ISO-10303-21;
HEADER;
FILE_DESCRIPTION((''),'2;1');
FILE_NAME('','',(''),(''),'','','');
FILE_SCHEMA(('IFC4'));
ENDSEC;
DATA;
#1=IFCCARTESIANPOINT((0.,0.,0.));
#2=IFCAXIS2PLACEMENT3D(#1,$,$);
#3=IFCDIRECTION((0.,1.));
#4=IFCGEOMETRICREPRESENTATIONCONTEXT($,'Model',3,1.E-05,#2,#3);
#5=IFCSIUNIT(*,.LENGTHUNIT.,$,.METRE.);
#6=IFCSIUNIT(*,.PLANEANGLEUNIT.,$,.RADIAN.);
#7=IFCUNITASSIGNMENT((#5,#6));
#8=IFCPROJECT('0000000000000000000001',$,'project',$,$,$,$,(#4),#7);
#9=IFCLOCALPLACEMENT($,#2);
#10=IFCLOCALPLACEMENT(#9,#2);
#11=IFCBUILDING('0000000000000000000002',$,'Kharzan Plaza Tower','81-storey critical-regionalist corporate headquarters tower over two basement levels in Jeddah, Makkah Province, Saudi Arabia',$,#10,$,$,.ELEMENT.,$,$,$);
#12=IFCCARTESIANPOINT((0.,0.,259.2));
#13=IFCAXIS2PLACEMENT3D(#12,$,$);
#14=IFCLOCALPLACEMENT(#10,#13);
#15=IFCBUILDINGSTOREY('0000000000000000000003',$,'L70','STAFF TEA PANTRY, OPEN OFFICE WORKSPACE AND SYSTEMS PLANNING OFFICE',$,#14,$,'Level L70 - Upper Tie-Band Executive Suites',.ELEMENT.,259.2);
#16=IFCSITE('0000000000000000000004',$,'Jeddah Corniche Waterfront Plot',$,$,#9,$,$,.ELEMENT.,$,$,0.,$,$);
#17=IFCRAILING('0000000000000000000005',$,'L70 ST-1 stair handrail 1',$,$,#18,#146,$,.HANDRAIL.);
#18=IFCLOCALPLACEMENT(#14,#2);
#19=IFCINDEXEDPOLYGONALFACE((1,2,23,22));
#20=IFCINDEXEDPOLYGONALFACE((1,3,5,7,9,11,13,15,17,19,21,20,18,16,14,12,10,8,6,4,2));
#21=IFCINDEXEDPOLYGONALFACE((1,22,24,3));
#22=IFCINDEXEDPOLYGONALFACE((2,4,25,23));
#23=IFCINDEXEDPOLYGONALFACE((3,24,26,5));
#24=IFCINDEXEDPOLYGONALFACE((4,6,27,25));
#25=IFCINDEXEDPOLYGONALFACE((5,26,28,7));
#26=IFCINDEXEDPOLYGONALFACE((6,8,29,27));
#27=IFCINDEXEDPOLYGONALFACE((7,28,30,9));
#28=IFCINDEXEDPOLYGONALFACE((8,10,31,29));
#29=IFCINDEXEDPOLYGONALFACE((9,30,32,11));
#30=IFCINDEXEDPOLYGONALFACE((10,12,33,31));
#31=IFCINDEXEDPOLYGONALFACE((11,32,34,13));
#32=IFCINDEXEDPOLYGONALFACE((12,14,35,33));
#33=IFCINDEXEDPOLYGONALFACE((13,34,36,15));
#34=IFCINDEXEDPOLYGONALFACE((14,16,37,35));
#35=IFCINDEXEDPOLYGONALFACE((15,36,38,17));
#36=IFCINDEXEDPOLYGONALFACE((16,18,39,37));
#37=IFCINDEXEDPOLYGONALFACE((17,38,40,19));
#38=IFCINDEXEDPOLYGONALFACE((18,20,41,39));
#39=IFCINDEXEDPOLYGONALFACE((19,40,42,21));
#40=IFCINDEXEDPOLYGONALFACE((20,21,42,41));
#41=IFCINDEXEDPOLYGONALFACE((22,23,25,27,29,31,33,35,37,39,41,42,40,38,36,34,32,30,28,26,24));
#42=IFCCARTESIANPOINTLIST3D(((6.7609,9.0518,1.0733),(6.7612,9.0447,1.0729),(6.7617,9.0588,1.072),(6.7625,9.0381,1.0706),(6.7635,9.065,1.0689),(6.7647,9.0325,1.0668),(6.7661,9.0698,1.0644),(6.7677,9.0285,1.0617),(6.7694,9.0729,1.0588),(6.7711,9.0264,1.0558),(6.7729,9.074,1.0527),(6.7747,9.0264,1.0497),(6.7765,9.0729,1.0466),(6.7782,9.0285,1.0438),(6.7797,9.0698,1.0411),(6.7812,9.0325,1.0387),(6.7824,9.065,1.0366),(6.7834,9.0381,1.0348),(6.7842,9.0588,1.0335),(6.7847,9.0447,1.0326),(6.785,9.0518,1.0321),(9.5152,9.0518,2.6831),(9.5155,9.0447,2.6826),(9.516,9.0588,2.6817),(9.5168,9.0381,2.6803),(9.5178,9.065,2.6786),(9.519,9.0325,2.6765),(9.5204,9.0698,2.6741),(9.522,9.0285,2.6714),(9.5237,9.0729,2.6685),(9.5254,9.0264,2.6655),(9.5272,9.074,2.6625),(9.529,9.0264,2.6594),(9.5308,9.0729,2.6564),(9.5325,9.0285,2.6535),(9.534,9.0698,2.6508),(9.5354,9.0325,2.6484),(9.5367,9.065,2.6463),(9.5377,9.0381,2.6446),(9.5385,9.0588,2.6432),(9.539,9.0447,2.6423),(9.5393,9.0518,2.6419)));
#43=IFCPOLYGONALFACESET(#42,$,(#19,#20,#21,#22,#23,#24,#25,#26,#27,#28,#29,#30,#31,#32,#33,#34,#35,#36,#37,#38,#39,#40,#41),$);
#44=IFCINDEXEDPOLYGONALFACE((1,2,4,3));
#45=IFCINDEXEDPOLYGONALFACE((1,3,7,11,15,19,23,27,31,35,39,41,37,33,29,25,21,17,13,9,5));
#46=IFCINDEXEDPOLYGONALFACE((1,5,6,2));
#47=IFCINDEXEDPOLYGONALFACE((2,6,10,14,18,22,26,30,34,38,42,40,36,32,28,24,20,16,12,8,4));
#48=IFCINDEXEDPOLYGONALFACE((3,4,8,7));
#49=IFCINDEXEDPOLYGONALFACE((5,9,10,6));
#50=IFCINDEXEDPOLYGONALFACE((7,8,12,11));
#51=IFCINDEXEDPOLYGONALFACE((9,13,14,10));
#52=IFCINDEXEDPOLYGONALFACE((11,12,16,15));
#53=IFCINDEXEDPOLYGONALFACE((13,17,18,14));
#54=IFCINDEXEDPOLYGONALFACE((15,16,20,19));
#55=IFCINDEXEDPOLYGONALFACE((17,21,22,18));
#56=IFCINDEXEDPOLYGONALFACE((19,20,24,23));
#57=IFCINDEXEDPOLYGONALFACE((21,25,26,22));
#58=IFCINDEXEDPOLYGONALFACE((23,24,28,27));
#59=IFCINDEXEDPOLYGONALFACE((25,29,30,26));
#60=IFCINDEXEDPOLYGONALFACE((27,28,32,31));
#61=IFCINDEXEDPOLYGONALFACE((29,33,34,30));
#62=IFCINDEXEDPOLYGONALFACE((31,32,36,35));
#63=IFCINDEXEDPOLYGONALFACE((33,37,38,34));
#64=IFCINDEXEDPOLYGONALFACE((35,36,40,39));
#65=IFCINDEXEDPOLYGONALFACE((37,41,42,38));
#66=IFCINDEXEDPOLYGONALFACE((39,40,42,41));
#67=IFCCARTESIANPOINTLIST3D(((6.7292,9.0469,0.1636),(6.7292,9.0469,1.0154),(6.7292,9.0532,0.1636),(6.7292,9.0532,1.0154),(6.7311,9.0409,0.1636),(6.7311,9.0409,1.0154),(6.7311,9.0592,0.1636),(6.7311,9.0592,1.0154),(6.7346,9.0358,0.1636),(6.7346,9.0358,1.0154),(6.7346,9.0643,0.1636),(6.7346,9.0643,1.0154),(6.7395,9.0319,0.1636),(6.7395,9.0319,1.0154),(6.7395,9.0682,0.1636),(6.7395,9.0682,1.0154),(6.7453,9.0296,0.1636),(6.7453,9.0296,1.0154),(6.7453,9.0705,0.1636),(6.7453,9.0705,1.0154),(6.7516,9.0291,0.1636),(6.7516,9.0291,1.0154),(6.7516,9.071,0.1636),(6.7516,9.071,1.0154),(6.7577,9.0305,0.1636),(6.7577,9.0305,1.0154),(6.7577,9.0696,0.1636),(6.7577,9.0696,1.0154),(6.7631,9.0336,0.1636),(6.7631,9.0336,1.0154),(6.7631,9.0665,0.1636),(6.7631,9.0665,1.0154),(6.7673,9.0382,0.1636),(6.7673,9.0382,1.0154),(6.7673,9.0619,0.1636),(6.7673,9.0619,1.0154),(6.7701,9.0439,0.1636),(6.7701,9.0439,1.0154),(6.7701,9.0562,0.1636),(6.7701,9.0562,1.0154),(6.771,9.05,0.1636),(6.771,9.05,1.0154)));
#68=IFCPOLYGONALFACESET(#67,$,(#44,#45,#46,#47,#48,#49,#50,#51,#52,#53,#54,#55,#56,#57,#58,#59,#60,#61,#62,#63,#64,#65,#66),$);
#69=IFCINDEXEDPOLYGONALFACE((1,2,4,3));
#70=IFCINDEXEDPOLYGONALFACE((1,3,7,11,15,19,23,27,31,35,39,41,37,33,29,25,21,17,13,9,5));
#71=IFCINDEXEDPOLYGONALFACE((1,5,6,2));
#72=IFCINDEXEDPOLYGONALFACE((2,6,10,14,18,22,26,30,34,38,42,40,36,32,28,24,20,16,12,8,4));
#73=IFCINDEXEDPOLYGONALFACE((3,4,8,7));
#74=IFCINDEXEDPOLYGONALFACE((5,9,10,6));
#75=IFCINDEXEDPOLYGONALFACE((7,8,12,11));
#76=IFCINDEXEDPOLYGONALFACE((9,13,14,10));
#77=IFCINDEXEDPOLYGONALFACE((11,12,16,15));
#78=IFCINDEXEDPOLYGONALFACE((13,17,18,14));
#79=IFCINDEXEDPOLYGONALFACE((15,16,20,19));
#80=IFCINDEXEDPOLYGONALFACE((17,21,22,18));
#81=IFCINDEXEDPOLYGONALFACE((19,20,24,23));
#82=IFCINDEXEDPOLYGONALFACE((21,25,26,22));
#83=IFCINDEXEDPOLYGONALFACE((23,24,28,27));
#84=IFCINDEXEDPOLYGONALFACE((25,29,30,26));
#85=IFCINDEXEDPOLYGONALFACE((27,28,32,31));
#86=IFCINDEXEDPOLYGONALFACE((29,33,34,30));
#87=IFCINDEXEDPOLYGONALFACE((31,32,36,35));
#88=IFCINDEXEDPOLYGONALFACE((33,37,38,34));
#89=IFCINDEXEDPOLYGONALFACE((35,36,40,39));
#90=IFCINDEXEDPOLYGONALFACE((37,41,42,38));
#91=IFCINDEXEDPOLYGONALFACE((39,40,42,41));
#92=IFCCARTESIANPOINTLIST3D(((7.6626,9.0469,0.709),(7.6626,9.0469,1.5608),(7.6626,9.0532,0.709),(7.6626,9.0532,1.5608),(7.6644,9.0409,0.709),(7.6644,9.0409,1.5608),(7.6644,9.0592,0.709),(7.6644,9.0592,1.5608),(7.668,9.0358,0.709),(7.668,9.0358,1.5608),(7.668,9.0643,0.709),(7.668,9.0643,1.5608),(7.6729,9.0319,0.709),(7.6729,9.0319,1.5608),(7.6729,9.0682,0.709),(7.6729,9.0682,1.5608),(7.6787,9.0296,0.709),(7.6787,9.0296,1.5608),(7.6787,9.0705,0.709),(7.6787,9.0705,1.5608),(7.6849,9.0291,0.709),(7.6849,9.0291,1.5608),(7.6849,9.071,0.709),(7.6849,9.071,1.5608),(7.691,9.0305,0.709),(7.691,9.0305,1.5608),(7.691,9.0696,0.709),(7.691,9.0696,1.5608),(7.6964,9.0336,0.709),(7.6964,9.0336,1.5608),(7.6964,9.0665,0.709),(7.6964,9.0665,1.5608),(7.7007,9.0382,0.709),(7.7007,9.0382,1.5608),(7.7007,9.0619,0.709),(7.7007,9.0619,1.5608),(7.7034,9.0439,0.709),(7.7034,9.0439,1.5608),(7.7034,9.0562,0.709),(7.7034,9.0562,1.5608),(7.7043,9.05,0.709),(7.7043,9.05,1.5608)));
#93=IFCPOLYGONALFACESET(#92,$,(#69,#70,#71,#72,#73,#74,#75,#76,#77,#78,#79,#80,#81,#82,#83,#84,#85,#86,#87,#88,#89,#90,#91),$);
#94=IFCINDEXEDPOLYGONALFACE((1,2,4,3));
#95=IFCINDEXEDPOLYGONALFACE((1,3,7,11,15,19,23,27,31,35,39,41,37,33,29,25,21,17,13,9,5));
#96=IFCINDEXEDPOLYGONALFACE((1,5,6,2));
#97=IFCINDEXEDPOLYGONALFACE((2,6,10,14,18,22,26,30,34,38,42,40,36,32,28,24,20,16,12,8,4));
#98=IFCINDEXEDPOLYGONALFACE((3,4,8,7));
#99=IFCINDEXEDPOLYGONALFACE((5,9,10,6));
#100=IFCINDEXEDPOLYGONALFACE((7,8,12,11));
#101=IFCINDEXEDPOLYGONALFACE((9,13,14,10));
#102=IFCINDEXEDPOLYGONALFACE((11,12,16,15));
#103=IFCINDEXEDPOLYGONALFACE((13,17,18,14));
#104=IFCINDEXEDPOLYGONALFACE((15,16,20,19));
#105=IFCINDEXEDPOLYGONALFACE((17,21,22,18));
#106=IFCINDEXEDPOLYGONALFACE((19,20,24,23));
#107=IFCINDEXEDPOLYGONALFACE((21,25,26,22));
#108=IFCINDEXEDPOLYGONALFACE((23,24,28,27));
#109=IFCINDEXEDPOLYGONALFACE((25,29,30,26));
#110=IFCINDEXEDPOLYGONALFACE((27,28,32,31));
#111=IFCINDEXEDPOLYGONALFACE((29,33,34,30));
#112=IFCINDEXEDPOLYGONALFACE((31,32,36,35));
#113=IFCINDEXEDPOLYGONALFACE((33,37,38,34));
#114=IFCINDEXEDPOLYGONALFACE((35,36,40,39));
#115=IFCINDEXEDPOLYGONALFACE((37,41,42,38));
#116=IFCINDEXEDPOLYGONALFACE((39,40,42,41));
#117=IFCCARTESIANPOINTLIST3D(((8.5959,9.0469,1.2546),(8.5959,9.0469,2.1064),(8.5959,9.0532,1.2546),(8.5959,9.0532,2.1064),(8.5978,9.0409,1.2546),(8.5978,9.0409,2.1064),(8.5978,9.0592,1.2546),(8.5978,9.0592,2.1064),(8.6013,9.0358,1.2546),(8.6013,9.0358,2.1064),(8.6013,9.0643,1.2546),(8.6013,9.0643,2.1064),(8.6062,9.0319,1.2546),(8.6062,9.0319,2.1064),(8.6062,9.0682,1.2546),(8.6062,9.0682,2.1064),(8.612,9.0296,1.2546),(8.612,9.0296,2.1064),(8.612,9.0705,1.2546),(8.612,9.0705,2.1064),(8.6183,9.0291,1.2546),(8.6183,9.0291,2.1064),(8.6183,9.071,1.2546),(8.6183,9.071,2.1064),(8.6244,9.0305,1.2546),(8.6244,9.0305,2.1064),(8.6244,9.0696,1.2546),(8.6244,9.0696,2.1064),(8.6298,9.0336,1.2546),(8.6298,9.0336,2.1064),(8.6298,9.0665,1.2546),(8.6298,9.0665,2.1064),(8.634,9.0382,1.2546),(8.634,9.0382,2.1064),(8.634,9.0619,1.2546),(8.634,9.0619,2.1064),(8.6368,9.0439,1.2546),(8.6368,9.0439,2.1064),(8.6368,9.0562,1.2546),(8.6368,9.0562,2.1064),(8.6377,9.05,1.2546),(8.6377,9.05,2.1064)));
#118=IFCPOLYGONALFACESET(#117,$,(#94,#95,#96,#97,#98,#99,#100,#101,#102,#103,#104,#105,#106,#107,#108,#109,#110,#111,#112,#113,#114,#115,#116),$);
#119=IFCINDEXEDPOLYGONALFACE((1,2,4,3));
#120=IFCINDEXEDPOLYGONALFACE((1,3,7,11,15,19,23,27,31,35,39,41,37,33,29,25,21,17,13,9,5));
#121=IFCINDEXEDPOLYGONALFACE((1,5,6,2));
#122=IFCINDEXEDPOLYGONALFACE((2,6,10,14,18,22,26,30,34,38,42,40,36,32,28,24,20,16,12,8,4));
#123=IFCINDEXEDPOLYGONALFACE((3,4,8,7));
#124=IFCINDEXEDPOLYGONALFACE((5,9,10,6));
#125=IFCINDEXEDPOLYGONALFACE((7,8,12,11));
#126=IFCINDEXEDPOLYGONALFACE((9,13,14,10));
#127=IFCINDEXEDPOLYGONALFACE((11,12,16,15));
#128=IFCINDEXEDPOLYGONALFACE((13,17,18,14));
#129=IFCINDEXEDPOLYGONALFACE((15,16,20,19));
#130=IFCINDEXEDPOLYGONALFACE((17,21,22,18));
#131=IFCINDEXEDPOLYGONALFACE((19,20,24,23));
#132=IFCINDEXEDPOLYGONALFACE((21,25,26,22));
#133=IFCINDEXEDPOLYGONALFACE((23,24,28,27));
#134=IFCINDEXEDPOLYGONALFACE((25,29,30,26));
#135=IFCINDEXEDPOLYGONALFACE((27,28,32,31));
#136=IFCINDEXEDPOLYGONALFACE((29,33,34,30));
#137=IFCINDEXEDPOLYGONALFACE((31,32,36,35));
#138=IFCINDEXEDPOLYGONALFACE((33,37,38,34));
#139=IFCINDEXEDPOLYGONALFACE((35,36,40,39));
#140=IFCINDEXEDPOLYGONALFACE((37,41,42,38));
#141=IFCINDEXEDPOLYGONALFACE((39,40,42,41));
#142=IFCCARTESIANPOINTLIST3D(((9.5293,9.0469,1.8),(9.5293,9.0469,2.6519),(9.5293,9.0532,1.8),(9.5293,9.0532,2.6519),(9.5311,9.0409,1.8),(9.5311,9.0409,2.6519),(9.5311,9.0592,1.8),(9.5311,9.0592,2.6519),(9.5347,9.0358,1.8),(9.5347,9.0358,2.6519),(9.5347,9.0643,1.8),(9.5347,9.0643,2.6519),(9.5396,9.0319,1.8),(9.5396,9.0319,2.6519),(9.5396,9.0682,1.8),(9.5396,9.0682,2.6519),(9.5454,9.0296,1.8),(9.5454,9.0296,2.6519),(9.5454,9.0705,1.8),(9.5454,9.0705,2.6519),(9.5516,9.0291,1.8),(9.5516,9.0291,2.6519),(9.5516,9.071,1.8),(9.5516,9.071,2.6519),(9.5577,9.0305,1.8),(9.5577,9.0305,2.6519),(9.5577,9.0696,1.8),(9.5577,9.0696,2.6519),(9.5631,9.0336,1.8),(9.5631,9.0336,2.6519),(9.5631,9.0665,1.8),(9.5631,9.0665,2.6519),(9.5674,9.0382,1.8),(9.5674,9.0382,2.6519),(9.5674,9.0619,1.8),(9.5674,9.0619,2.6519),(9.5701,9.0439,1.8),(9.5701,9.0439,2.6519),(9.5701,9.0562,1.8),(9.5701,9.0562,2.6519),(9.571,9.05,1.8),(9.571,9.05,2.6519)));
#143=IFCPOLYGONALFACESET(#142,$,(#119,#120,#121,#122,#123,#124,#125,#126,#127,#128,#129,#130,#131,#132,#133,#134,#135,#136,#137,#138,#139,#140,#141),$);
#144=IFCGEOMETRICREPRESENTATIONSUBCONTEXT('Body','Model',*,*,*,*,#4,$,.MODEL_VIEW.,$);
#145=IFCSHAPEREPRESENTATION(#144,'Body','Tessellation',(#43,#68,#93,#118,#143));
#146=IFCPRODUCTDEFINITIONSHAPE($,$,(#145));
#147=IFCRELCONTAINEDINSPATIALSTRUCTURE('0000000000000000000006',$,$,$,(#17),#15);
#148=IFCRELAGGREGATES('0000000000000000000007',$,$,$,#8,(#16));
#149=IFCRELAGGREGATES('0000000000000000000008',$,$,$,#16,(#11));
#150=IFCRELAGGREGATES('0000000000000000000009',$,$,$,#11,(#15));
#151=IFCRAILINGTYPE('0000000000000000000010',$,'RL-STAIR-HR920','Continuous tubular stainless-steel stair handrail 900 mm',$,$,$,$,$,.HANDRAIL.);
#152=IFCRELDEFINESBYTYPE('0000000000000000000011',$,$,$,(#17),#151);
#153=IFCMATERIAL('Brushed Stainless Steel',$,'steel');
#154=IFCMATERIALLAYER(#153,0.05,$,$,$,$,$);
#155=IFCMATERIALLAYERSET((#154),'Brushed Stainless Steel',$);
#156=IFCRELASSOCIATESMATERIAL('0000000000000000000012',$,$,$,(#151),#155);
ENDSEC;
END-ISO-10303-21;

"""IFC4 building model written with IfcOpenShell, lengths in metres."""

from ifc_helpers import new_model, si_unit, direction, frame, origin, origin_2d, place, context, subcontext, project, spatial, circle, extrude, source, transform, mapped, material, layer, layer_set, type_object, element, save


model = new_model("IFC4")

# Units and contexts
model_context = context("Model", 3, precision=1e-05, world=origin(), true_north=direction((0.0, 1.0)))
body_context = subcontext(model_context, "Body", "Model", "MODEL_VIEW")
ifc_project = project(units=[si_unit("LENGTHUNIT", "METRE"), si_unit("PLANEANGLEUNIT", "RADIAN")], contexts=[model_context])

# Site, building, storey
site_placement = place(None, origin())
site = spatial("IfcSite", under=ifc_project, at=site_placement, Name="Jeddah Corniche Waterfront Plot", CompositionType="ELEMENT", RefElevation=0.0)
building_placement = place(site_placement, origin())
building = spatial("IfcBuilding", under=site, at=building_placement, Name="Kharzan Plaza Tower", Description="81-storey critical-regionalist corporate headquarters tower over two basement levels in Jeddah, Makkah Province, Saudi Arabia", CompositionType="ELEMENT")
storey_placement = place(building_placement, frame((0.0, 0.0, 259.2)))
storey = spatial("IfcBuildingStorey", under=building, at=storey_placement, Name="L70", Description="STAFF TEA PANTRY, OPEN OFFICE WORKSPACE AND SYSTEMS PLANNING OFFICE", LongName="Level L70 - Upper Tie-Band Executive Suites", CompositionType="ELEMENT", Elevation=259.2)

# Railing
ifc_material_1 = material(Name="Brushed Stainless Steel", Category="steel")
ifc_layer_1 = layer(ifc_material_1, 0.05)
ifc_layer_set_1 = layer_set([ifc_layer_1], Name="Brushed Stainless Steel")
railing_type = type_object("IfcRailingType", Name="RL-STAIR-HR920", Description="Continuous tubular stainless-steel stair handrail 900 mm", PredefinedType="HANDRAIL", material=ifc_layer_set_1)
shared_shape_1 = source(origin(), body_context, "Body", "SweptSolid", [
    extrude(circle(Radius=0.0239, at=origin_2d()), frame((0.0229, 0.0, 0.8892), z_axis=(0.863361, 0.0, 0.504587), x_axis=(0.0, 1.0, 0.0)), (0.0, 0.0, 1.0), 3.1902),
    extrude(circle(Radius=0.021, at=origin_2d()), origin(), (0.0, 0.0, 1.0), 0.8518),
    extrude(circle(Radius=0.021, at=origin_2d()), frame((0.9333, 0.0, 0.5454)), (0.0, 0.0, 1.0), 0.8518),
    extrude(circle(Radius=0.021, at=origin_2d()), frame((1.8667, 0.0, 1.0911)), (0.0, 0.0, 1.0), 0.8518),
    extrude(circle(Radius=0.021, at=origin_2d()), frame((2.8, 0.0, 1.6365)), (0.0, 0.0, 1.0), 0.8518),
])
railing_placement = place(storey_placement, frame((6.75, 9.05, 0.1636)))
element("IfcRailing", 1, at=railing_placement, inside=storey, type_object=railing_type, Name="L70 ST-1 stair handrail 1", PredefinedType="HANDRAIL", context=body_context, shape_type="MappedRepresentation", body=[
    mapped(shared_shape_1, transform((0.0, 0.0, 0.0), x_axis=(1.0, 0.0, 0.0), y_axis=(0.0, 1.0, 0.0), z_axis=(0.0, 0.0, 1.0))),
])

save(model, "model.ifc")
